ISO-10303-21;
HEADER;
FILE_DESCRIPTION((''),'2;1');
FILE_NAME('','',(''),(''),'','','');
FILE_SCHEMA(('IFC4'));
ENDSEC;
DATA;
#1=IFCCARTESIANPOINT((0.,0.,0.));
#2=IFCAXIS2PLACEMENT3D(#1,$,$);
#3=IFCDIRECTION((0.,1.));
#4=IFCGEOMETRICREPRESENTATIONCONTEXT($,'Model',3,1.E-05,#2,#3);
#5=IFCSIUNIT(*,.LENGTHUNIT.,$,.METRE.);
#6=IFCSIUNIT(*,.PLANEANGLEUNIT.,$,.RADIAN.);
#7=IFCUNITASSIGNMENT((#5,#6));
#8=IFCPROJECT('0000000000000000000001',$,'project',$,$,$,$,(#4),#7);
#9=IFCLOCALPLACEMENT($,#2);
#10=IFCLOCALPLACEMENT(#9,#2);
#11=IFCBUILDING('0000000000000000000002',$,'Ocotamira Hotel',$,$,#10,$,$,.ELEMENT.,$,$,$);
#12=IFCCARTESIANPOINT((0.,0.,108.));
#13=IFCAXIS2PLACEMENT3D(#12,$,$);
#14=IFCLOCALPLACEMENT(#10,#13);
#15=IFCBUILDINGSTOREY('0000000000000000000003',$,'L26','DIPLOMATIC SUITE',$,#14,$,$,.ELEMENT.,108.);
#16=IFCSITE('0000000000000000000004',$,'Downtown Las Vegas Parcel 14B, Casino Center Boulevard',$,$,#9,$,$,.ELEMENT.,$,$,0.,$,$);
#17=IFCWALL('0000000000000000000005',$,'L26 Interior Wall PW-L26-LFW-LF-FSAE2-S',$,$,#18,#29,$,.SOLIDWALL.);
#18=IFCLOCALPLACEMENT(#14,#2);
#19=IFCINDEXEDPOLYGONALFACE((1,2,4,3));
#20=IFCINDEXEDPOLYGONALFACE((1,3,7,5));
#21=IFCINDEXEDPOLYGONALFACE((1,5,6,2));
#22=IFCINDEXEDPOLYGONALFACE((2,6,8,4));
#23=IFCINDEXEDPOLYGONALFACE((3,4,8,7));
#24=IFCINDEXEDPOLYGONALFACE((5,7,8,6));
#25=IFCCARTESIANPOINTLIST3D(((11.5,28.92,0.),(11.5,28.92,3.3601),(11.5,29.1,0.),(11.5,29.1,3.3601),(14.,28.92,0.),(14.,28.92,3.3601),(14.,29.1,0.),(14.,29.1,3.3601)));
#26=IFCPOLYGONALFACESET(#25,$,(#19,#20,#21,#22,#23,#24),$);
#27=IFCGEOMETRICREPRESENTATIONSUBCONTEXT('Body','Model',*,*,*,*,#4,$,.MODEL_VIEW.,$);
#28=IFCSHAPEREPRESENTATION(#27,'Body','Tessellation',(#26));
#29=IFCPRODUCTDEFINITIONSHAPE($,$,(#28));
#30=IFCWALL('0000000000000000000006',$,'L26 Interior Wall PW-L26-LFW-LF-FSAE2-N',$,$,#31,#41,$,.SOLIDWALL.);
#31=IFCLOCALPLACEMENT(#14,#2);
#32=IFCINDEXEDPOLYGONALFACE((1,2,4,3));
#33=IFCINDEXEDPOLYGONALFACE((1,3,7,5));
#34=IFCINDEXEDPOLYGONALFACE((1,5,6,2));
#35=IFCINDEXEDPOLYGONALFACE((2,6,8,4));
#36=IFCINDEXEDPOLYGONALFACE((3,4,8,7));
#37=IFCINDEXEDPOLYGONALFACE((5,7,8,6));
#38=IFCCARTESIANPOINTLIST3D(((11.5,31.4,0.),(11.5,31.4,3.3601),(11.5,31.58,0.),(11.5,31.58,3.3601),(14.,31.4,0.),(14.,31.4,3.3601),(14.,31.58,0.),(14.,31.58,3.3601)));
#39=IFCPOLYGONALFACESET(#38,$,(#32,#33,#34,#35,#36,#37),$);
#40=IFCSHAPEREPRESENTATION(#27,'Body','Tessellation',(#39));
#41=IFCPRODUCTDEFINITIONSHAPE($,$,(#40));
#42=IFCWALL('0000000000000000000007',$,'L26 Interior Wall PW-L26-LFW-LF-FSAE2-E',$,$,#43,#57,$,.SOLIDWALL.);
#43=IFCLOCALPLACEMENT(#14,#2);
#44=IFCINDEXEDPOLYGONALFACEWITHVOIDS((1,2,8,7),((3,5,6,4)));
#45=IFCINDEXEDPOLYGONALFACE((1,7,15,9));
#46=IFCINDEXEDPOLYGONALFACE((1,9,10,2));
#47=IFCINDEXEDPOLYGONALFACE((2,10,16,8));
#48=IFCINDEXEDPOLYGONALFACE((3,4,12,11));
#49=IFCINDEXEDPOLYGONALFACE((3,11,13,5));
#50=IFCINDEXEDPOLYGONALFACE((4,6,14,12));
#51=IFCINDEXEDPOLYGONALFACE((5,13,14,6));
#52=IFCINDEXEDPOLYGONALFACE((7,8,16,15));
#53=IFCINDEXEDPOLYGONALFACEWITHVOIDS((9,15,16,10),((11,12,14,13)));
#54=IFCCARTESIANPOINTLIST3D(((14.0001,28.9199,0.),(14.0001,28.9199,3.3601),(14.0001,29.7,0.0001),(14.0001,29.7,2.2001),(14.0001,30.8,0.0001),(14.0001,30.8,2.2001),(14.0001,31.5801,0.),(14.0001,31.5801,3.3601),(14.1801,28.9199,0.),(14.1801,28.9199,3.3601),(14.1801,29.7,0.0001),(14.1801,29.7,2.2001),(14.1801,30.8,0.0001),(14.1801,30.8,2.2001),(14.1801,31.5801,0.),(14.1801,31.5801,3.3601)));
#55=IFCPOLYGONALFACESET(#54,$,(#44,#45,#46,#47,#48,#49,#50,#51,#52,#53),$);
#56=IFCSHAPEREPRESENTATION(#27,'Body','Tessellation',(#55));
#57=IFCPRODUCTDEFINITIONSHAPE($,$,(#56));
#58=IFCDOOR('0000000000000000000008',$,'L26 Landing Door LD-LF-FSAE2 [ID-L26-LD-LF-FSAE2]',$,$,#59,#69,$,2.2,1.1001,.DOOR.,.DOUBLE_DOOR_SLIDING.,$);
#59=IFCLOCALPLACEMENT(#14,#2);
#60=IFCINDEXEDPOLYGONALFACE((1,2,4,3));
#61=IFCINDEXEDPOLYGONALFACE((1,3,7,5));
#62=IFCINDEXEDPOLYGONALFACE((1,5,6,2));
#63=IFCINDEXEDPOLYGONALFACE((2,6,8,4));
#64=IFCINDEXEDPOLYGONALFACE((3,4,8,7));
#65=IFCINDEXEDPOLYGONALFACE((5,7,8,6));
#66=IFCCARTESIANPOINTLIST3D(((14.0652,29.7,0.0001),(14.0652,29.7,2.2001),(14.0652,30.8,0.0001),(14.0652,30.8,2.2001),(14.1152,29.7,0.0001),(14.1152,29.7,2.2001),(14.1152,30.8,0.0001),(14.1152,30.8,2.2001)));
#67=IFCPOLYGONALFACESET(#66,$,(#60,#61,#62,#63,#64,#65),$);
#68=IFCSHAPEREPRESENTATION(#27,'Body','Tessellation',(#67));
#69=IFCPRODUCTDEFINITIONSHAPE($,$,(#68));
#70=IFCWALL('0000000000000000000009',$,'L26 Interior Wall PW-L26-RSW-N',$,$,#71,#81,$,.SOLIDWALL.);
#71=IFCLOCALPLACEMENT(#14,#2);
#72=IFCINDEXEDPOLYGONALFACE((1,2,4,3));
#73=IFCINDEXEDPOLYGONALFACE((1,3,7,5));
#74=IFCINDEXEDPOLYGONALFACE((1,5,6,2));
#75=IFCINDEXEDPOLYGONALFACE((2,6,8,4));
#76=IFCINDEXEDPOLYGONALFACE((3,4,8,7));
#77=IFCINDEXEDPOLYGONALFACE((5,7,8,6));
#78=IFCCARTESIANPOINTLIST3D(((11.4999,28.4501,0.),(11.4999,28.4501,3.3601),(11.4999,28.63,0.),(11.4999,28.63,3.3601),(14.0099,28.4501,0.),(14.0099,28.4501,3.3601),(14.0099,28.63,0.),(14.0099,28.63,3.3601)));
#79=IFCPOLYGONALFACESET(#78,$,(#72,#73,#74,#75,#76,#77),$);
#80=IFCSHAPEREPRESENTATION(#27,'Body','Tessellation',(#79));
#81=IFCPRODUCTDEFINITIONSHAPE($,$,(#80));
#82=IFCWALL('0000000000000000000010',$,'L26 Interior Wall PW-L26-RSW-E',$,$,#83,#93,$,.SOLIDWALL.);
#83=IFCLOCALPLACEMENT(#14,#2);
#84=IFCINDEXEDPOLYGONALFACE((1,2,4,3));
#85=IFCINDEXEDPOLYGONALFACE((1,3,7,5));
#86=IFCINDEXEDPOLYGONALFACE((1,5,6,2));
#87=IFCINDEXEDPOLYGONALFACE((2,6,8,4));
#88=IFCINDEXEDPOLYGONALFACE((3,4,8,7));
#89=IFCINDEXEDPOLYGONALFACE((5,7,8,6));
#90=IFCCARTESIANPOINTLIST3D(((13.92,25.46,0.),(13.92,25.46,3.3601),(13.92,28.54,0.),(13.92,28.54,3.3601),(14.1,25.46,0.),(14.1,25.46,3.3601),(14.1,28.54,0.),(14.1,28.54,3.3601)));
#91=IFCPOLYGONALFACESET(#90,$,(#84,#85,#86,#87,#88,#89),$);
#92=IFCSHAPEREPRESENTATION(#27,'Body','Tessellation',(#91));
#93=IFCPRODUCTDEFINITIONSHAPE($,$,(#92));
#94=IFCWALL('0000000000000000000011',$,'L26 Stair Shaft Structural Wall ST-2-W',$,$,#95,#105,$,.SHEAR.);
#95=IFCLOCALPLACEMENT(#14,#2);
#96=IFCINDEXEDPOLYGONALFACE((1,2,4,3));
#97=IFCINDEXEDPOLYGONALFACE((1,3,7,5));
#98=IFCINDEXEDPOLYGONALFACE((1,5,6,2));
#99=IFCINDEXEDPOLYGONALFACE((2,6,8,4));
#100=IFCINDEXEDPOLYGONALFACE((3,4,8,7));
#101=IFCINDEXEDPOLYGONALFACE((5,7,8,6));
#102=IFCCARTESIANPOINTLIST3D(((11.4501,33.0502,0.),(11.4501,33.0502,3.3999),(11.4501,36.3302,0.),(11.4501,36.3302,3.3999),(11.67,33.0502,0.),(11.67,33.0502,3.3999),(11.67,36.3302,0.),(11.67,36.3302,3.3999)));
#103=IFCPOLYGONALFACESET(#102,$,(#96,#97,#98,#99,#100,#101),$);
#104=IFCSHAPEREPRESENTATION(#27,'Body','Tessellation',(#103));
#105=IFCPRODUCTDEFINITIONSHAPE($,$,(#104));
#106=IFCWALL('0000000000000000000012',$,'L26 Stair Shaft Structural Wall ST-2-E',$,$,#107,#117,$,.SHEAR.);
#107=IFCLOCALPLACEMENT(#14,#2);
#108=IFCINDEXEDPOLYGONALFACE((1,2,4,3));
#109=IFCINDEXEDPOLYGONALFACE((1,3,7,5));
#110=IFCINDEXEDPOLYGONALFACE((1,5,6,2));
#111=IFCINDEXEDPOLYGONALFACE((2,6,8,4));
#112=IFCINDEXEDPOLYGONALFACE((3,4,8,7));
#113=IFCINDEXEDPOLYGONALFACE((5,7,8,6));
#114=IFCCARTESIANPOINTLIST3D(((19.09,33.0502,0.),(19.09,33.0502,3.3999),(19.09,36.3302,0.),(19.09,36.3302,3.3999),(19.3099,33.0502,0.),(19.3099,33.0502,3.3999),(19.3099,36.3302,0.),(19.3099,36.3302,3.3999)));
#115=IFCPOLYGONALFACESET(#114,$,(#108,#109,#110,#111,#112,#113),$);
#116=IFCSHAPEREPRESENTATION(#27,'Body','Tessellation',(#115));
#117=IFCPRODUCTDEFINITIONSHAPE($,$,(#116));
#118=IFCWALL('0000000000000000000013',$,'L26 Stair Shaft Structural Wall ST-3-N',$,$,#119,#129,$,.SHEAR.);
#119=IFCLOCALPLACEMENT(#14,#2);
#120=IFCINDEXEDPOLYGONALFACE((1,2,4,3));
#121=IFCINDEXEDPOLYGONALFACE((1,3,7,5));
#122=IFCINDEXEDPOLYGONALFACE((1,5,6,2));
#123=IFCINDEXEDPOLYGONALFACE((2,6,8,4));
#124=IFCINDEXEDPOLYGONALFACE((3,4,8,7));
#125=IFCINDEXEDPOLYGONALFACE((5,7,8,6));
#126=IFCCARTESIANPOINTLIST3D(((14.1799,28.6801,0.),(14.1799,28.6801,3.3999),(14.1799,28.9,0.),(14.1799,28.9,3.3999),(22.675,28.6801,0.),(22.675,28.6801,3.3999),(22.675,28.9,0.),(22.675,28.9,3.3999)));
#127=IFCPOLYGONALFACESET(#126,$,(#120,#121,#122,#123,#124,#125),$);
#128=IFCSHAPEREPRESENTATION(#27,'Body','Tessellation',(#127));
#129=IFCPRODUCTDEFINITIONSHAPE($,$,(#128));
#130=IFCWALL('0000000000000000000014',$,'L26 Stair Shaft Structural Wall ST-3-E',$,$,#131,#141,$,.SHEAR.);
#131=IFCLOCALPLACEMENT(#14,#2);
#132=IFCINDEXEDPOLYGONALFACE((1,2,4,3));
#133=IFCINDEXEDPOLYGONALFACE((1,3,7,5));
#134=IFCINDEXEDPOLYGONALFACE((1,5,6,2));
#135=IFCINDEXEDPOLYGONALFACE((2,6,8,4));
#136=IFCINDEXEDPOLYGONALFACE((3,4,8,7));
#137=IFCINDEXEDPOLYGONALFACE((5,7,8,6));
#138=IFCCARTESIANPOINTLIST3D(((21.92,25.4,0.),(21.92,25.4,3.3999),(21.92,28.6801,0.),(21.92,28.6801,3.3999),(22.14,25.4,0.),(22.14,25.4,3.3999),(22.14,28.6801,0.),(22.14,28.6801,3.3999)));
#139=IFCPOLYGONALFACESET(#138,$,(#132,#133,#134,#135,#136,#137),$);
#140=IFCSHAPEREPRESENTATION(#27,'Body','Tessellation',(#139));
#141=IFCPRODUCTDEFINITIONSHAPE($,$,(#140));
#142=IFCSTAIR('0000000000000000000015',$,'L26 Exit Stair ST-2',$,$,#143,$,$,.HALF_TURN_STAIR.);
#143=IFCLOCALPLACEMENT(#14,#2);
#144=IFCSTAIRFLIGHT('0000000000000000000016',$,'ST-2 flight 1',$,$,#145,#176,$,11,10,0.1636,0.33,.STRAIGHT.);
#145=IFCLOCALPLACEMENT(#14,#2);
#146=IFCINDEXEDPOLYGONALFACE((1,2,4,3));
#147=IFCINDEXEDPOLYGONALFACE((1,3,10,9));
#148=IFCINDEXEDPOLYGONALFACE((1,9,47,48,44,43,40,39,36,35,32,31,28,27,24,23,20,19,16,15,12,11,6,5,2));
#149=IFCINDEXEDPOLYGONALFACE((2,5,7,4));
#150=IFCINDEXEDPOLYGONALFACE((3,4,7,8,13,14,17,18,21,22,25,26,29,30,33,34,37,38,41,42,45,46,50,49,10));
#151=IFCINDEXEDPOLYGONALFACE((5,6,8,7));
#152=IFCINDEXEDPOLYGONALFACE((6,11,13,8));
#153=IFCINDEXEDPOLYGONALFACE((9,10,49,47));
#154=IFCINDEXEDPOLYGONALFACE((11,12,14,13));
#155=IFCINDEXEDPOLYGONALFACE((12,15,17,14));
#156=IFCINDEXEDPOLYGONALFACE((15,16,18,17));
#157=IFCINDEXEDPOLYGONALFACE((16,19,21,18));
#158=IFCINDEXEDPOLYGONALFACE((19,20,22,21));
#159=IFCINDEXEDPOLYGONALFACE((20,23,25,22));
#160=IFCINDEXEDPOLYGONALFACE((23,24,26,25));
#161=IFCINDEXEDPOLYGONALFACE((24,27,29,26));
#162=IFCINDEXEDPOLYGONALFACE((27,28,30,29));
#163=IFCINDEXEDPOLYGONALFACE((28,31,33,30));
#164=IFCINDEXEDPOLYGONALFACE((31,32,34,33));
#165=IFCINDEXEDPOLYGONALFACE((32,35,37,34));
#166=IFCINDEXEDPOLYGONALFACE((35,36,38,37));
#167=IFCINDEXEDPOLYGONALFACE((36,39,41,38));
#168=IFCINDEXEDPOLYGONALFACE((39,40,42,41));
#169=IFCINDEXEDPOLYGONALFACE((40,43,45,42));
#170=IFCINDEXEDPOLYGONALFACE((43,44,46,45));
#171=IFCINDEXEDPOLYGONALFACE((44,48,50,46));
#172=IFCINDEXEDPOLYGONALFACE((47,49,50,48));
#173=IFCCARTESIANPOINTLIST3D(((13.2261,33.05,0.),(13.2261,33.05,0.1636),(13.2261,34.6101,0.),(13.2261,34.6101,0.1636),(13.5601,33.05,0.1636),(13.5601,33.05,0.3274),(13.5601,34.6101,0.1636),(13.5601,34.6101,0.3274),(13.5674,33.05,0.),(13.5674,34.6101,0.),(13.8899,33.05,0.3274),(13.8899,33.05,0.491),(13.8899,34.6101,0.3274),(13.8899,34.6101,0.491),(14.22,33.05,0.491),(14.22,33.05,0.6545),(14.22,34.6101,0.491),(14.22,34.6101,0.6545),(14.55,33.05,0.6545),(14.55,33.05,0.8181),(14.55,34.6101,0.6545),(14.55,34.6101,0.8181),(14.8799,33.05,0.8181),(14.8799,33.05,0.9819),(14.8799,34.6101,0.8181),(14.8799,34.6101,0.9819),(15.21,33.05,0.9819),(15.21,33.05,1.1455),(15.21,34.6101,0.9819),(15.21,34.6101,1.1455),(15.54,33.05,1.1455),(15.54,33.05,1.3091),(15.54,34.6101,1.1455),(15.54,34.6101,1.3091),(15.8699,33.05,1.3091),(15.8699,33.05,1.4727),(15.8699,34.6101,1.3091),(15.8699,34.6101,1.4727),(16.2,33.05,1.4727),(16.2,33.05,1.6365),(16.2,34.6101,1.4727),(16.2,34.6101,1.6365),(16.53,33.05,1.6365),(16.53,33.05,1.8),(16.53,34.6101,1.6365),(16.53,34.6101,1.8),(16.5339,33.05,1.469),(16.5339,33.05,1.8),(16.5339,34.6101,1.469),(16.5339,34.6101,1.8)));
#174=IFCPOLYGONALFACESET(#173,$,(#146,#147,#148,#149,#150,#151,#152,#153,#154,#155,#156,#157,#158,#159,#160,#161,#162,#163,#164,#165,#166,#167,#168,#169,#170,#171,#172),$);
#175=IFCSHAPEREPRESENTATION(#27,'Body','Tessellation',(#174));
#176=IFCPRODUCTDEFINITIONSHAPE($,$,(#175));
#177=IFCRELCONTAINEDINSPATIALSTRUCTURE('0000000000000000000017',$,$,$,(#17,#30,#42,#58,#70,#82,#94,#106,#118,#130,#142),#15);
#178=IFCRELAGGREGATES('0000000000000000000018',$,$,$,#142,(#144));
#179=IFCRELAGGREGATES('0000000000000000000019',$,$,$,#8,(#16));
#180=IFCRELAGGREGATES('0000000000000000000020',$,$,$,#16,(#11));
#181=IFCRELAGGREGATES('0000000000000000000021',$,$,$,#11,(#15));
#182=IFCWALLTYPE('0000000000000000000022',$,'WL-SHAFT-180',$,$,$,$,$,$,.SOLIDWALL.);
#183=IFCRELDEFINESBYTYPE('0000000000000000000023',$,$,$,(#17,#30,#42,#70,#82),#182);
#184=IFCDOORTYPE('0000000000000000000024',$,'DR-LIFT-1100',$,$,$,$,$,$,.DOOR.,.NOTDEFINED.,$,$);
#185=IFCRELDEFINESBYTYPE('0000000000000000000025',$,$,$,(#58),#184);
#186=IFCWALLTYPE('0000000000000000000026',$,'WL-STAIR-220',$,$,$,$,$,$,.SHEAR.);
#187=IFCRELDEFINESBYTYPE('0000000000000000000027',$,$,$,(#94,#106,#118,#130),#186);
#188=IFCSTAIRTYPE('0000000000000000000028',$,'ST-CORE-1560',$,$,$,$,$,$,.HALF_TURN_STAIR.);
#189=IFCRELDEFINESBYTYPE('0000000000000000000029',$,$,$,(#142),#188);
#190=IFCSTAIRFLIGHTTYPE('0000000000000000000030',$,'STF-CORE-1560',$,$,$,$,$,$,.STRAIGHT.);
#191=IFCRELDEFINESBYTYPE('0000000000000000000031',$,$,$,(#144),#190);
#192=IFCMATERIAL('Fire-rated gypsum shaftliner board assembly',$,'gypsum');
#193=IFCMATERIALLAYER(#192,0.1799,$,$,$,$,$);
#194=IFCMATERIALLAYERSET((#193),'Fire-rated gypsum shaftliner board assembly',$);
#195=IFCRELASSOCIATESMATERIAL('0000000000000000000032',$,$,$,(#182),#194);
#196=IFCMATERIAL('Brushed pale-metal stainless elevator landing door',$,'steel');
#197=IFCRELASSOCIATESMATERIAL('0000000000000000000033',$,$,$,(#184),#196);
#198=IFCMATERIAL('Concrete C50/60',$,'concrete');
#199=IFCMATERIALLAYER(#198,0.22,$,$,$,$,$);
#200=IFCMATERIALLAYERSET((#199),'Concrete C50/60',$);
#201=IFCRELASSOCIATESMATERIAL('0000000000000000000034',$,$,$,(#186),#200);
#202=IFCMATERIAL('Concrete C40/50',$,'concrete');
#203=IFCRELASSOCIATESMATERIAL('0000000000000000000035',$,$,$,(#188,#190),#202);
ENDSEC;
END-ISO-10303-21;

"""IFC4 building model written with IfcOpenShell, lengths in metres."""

from ifc_helpers import new_model, si_unit, direction, frame, frame_2d, origin, place, context, subcontext, project, spatial, polyline, rectangle, outline, extrude, source, transform, mapped, material, layer, layer_set, type_object, element, fill, aggregate, save


model = new_model("IFC4")

# Units and contexts
model_context = context("Model", 3, precision=1e-05, world=origin(), true_north=direction((0.0, 1.0)))
body_context = subcontext(model_context, "Body", "Model", "MODEL_VIEW")
ifc_project = project(units=[si_unit("LENGTHUNIT", "METRE"), si_unit("PLANEANGLEUNIT", "RADIAN")], contexts=[model_context])

# Site, building, storey
site_placement = place(None, origin())
site = spatial("IfcSite", under=ifc_project, at=site_placement, Name="Downtown Las Vegas Parcel 14B, Casino Center Boulevard", CompositionType="ELEMENT", RefElevation=0.0)
building_placement = place(site_placement, origin())
building = spatial("IfcBuilding", under=site, at=building_placement, Name="Ocotamira Hotel", CompositionType="ELEMENT")
storey_placement = place(building_placement, frame((0.0, 0.0, 108.0)))
storey = spatial("IfcBuildingStorey", under=building, at=storey_placement, Name="L26", Description="DIPLOMATIC SUITE", CompositionType="ELEMENT", Elevation=108.0)

# Walls
ifc_material_1 = material(Name="Fire-rated gypsum shaftliner board assembly", Category="gypsum")
ifc_layer_1 = layer(ifc_material_1, 0.1799)
ifc_layer_set_1 = layer_set([ifc_layer_1], Name="Fire-rated gypsum shaftliner board assembly")
wall_type_1 = type_object("IfcWallType", Name="WL-SHAFT-180", PredefinedType="SOLIDWALL", material=ifc_layer_set_1)
for number, where, z_axis, x_axis, name in (
    (1, (11.5, 29.01, 0.0), (0.0, 0.0, 1.0), (1.0, 0.0, 0.0), "L26 Interior Wall PW-L26-LFW-LF-FSAE2-S"),
    (2, (11.5, 31.49, 0.0), (0.0, 0.0, 1.0), (1.0, 0.0, 0.0), "L26 Interior Wall PW-L26-LFW-LF-FSAE2-N"),
):
    element("IfcWall", number, at=place(storey_placement, frame(where, z_axis=z_axis, x_axis=x_axis)), inside=storey, type_object=wall_type_1, Name=name, PredefinedType="SOLIDWALL", context=body_context, shape_type="SweptSolid", body=[
        extrude(rectangle(XDim=2.5, YDim=0.1799, at=frame_2d((1.25, 0.0))), origin(), (0.0, 0.0, 1.0), 3.3601),
    ])

# Wall, opening, door
wall_1_placement = place(storey_placement, frame((14.0901, 28.9199, 0.0), z_axis=(0.0, 0.0, 1.0), x_axis=(0.0, 1.0, 0.0)))
wall_1 = element("IfcWall", 3, at=wall_1_placement, inside=storey, type_object=wall_type_1, Name="L26 Interior Wall PW-L26-LFW-LF-FSAE2-E", PredefinedType="SOLIDWALL", context=body_context, shape_type="SweptSolid", body=[
    extrude(rectangle(XDim=2.6602, YDim=0.1799, at=frame_2d((1.3301, 0.0))), origin(), (0.0, 0.0, 1.0), 3.3601),
])
opening_1_placement = place(wall_1_placement, frame((0.78, 0.0, 0.0)))
opening_1 = element("IfcOpeningElement", 4, at=opening_1_placement, cuts=wall_1, PredefinedType="OPENING", context=body_context, shape_type="SweptSolid", body=[
    extrude(rectangle(XDim=1.1001, YDim=2.2, at=frame_2d((0.55, 1.1001))), frame((0.0, 0.1001, 0.0), z_axis=(0.0, -1.0, 0.0), x_axis=(1.0, 0.0, 0.0)), (0.0, 0.0, 1.0), 0.2),
])
ifc_material_2 = material(Name="Brushed pale-metal stainless elevator landing door", Category="steel")
door_type_1 = type_object("IfcDoorType", Name="DR-LIFT-1100", OperationType="NOTDEFINED", PredefinedType="DOOR", material=ifc_material_2)
shared_shape_1 = source(origin(), body_context, "Body", "SweptSolid", [
    extrude(rectangle(XDim=1.1001, YDim=2.2, at=frame_2d((0.55, 1.1001))), frame((0.0, 0.0249, 0.0), z_axis=(0.0, -1.0, 0.0), x_axis=(1.0, 0.0, 0.0)), (0.0, 0.0, 1.0), 0.05),
])
door_1_placement = place(opening_1_placement, origin())
door_1 = element("IfcDoor", 5, at=door_1_placement, inside=storey, type_object=door_type_1, Name="L26 Landing Door LD-LF-FSAE2 [ID-L26-LD-LF-FSAE2]", OperationType="DOUBLE_DOOR_SLIDING", OverallHeight=2.2, OverallWidth=1.1001, PredefinedType="DOOR", context=body_context, shape_type="MappedRepresentation", body=[
    mapped(shared_shape_1, transform((0.0, 0.0, 0.0), scale=1.0)),
])
fill(opening_1, door_1)

# Walls
wall_2_placement = place(storey_placement, frame((11.5, 28.54, 0.0), z_axis=(0.0, 0.0, 1.0), x_axis=(1.0, 0.0, 0.0)))
element("IfcWall", 6, at=wall_2_placement, inside=storey, type_object=wall_type_1, Name="L26 Interior Wall PW-L26-RSW-N", PredefinedType="SOLIDWALL", context=body_context, shape_type="SweptSolid", body=[
    extrude(rectangle(XDim=2.51, YDim=0.1799, at=frame_2d((1.2549, 0.0))), origin(), (0.0, 0.0, 1.0), 3.3601),
])
wall_3_placement = place(storey_placement, frame((14.01, 25.46, 0.0), z_axis=(0.0, 0.0, 1.0), x_axis=(0.0, 1.0, 0.0)))
element("IfcWall", 7, at=wall_3_placement, inside=storey, type_object=wall_type_1, Name="L26 Interior Wall PW-L26-RSW-E", PredefinedType="SOLIDWALL", context=body_context, shape_type="SweptSolid", body=[
    extrude(rectangle(XDim=3.0801, YDim=0.1799, at=frame_2d((1.54, 0.0))), origin(), (0.0, 0.0, 1.0), 3.3601),
])
ifc_material_3 = material(Name="Concrete C50/60", Category="concrete")
ifc_layer_2 = layer(ifc_material_3, 0.22)
ifc_layer_set_2 = layer_set([ifc_layer_2], Name="Concrete C50/60")
wall_type_2 = type_object("IfcWallType", Name="WL-STAIR-220", PredefinedType="SHEAR", material=ifc_layer_set_2)
for number, where, z_axis, x_axis, name in (
    (8, (11.5601, 33.05, 0.0), (0.0, 0.0, 1.0), (0.0, 1.0, 0.0), "L26 Stair Shaft Structural Wall ST-2-W"),
    (9, (19.2, 33.05, 0.0), (0.0, 0.0, 1.0), (0.0, 1.0, 0.0), "L26 Stair Shaft Structural Wall ST-2-E"),
):
    element("IfcWall", number, at=place(storey_placement, frame(where, z_axis=z_axis, x_axis=x_axis)), inside=storey, type_object=wall_type_2, Name=name, PredefinedType="SHEAR", context=body_context, shape_type="SweptSolid", body=[
        extrude(rectangle(XDim=3.28, YDim=0.22, at=frame_2d((1.6401, 0.0))), origin(), (0.0, 0.0, 1.0), 3.3999),
    ])
wall_4_placement = place(storey_placement, frame((14.1799, 28.79, 0.0), z_axis=(0.0, 0.0, 1.0), x_axis=(1.0, 0.0, 0.0)))
element("IfcWall", 10, at=wall_4_placement, inside=storey, type_object=wall_type_2, Name="L26 Stair Shaft Structural Wall ST-3-N", PredefinedType="SHEAR", context=body_context, shape_type="SweptSolid", body=[
    extrude(rectangle(XDim=8.4951, YDim=0.22, at=frame_2d((4.2476, 0.0))), origin(), (0.0, 0.0, 1.0), 3.3999),
])
wall_5_placement = place(storey_placement, frame((22.03, 25.3999, 0.0), z_axis=(0.0, 0.0, 1.0), x_axis=(0.0, 1.0, 0.0)))
element("IfcWall", 11, at=wall_5_placement, inside=storey, type_object=wall_type_2, Name="L26 Stair Shaft Structural Wall ST-3-E", PredefinedType="SHEAR", context=body_context, shape_type="SweptSolid", body=[
    extrude(rectangle(XDim=3.28, YDim=0.22, at=frame_2d((1.6401, 0.0))), origin(), (0.0, 0.0, 1.0), 3.3999),
])

# Stair, stair flight
ifc_material_4 = material(Name="Concrete C40/50", Category="concrete")
stair_type = type_object("IfcStairType", Name="ST-CORE-1560", PredefinedType="HALF_TURN_STAIR", material=ifc_material_4)
stair_1_placement = place(storey_placement, origin())
stair_1 = element("IfcStair", 12, at=stair_1_placement, inside=storey, type_object=stair_type, Name="L26 Exit Stair ST-2", PredefinedType="HALF_TURN_STAIR")
stair_flight_type = type_object("IfcStairFlightType", Name="STF-CORE-1560", PredefinedType="STRAIGHT", material=ifc_material_4)
shared_shape_2 = source(origin(), body_context, "Body", "SweptSolid", [
    extrude(outline(polyline([(-0.0039, 0.0), (-0.0039, 0.1636), (0.3301, 0.1636), (0.3301, 0.3274), (0.6599, 0.3274), (0.6599, 0.491), (0.99, 0.491), (0.99, 0.6545), (1.3201, 0.6545), (1.3201, 0.8181), (1.6499, 0.8181), (1.6499, 0.9819), (1.98, 0.9819), (1.98, 1.1455), (2.3101, 1.1455), (2.3101, 1.3091), (2.6399, 1.3091), (2.6399, 1.4727), (2.97, 1.4727), (2.97, 1.6365), (3.3, 1.6365), (3.3, 1.8), (3.304, 1.8), (3.304, 1.469), (0.3374, 0.0), (-0.0039, 0.0)])), frame((0.0, 0.78, 0.0), z_axis=(0.0, -1.0, 0.0), x_axis=(1.0, 0.0, 0.0)), (0.0, 0.0, 1.0), 1.5601),
])
stair_flight_1_placement = place(storey_placement, frame((13.23, 33.8301, 0.0), z_axis=(0.0, 0.0, 1.0), x_axis=(1.0, 0.0, 0.0)))
stair_flight_1 = element("IfcStairFlight", 13, at=stair_flight_1_placement, type_object=stair_flight_type, Name="ST-2 flight 1", NumberOfRisers=11, NumberOfTreads=10, PredefinedType="STRAIGHT", RiserHeight=0.1636, TreadLength=0.33, context=body_context, shape_type="MappedRepresentation", body=[
    mapped(shared_shape_2, transform((0.0, 0.0, 0.0), scale=1.0)),
])
aggregate(stair_1, [stair_flight_1])

save(model, "model.ifc")
